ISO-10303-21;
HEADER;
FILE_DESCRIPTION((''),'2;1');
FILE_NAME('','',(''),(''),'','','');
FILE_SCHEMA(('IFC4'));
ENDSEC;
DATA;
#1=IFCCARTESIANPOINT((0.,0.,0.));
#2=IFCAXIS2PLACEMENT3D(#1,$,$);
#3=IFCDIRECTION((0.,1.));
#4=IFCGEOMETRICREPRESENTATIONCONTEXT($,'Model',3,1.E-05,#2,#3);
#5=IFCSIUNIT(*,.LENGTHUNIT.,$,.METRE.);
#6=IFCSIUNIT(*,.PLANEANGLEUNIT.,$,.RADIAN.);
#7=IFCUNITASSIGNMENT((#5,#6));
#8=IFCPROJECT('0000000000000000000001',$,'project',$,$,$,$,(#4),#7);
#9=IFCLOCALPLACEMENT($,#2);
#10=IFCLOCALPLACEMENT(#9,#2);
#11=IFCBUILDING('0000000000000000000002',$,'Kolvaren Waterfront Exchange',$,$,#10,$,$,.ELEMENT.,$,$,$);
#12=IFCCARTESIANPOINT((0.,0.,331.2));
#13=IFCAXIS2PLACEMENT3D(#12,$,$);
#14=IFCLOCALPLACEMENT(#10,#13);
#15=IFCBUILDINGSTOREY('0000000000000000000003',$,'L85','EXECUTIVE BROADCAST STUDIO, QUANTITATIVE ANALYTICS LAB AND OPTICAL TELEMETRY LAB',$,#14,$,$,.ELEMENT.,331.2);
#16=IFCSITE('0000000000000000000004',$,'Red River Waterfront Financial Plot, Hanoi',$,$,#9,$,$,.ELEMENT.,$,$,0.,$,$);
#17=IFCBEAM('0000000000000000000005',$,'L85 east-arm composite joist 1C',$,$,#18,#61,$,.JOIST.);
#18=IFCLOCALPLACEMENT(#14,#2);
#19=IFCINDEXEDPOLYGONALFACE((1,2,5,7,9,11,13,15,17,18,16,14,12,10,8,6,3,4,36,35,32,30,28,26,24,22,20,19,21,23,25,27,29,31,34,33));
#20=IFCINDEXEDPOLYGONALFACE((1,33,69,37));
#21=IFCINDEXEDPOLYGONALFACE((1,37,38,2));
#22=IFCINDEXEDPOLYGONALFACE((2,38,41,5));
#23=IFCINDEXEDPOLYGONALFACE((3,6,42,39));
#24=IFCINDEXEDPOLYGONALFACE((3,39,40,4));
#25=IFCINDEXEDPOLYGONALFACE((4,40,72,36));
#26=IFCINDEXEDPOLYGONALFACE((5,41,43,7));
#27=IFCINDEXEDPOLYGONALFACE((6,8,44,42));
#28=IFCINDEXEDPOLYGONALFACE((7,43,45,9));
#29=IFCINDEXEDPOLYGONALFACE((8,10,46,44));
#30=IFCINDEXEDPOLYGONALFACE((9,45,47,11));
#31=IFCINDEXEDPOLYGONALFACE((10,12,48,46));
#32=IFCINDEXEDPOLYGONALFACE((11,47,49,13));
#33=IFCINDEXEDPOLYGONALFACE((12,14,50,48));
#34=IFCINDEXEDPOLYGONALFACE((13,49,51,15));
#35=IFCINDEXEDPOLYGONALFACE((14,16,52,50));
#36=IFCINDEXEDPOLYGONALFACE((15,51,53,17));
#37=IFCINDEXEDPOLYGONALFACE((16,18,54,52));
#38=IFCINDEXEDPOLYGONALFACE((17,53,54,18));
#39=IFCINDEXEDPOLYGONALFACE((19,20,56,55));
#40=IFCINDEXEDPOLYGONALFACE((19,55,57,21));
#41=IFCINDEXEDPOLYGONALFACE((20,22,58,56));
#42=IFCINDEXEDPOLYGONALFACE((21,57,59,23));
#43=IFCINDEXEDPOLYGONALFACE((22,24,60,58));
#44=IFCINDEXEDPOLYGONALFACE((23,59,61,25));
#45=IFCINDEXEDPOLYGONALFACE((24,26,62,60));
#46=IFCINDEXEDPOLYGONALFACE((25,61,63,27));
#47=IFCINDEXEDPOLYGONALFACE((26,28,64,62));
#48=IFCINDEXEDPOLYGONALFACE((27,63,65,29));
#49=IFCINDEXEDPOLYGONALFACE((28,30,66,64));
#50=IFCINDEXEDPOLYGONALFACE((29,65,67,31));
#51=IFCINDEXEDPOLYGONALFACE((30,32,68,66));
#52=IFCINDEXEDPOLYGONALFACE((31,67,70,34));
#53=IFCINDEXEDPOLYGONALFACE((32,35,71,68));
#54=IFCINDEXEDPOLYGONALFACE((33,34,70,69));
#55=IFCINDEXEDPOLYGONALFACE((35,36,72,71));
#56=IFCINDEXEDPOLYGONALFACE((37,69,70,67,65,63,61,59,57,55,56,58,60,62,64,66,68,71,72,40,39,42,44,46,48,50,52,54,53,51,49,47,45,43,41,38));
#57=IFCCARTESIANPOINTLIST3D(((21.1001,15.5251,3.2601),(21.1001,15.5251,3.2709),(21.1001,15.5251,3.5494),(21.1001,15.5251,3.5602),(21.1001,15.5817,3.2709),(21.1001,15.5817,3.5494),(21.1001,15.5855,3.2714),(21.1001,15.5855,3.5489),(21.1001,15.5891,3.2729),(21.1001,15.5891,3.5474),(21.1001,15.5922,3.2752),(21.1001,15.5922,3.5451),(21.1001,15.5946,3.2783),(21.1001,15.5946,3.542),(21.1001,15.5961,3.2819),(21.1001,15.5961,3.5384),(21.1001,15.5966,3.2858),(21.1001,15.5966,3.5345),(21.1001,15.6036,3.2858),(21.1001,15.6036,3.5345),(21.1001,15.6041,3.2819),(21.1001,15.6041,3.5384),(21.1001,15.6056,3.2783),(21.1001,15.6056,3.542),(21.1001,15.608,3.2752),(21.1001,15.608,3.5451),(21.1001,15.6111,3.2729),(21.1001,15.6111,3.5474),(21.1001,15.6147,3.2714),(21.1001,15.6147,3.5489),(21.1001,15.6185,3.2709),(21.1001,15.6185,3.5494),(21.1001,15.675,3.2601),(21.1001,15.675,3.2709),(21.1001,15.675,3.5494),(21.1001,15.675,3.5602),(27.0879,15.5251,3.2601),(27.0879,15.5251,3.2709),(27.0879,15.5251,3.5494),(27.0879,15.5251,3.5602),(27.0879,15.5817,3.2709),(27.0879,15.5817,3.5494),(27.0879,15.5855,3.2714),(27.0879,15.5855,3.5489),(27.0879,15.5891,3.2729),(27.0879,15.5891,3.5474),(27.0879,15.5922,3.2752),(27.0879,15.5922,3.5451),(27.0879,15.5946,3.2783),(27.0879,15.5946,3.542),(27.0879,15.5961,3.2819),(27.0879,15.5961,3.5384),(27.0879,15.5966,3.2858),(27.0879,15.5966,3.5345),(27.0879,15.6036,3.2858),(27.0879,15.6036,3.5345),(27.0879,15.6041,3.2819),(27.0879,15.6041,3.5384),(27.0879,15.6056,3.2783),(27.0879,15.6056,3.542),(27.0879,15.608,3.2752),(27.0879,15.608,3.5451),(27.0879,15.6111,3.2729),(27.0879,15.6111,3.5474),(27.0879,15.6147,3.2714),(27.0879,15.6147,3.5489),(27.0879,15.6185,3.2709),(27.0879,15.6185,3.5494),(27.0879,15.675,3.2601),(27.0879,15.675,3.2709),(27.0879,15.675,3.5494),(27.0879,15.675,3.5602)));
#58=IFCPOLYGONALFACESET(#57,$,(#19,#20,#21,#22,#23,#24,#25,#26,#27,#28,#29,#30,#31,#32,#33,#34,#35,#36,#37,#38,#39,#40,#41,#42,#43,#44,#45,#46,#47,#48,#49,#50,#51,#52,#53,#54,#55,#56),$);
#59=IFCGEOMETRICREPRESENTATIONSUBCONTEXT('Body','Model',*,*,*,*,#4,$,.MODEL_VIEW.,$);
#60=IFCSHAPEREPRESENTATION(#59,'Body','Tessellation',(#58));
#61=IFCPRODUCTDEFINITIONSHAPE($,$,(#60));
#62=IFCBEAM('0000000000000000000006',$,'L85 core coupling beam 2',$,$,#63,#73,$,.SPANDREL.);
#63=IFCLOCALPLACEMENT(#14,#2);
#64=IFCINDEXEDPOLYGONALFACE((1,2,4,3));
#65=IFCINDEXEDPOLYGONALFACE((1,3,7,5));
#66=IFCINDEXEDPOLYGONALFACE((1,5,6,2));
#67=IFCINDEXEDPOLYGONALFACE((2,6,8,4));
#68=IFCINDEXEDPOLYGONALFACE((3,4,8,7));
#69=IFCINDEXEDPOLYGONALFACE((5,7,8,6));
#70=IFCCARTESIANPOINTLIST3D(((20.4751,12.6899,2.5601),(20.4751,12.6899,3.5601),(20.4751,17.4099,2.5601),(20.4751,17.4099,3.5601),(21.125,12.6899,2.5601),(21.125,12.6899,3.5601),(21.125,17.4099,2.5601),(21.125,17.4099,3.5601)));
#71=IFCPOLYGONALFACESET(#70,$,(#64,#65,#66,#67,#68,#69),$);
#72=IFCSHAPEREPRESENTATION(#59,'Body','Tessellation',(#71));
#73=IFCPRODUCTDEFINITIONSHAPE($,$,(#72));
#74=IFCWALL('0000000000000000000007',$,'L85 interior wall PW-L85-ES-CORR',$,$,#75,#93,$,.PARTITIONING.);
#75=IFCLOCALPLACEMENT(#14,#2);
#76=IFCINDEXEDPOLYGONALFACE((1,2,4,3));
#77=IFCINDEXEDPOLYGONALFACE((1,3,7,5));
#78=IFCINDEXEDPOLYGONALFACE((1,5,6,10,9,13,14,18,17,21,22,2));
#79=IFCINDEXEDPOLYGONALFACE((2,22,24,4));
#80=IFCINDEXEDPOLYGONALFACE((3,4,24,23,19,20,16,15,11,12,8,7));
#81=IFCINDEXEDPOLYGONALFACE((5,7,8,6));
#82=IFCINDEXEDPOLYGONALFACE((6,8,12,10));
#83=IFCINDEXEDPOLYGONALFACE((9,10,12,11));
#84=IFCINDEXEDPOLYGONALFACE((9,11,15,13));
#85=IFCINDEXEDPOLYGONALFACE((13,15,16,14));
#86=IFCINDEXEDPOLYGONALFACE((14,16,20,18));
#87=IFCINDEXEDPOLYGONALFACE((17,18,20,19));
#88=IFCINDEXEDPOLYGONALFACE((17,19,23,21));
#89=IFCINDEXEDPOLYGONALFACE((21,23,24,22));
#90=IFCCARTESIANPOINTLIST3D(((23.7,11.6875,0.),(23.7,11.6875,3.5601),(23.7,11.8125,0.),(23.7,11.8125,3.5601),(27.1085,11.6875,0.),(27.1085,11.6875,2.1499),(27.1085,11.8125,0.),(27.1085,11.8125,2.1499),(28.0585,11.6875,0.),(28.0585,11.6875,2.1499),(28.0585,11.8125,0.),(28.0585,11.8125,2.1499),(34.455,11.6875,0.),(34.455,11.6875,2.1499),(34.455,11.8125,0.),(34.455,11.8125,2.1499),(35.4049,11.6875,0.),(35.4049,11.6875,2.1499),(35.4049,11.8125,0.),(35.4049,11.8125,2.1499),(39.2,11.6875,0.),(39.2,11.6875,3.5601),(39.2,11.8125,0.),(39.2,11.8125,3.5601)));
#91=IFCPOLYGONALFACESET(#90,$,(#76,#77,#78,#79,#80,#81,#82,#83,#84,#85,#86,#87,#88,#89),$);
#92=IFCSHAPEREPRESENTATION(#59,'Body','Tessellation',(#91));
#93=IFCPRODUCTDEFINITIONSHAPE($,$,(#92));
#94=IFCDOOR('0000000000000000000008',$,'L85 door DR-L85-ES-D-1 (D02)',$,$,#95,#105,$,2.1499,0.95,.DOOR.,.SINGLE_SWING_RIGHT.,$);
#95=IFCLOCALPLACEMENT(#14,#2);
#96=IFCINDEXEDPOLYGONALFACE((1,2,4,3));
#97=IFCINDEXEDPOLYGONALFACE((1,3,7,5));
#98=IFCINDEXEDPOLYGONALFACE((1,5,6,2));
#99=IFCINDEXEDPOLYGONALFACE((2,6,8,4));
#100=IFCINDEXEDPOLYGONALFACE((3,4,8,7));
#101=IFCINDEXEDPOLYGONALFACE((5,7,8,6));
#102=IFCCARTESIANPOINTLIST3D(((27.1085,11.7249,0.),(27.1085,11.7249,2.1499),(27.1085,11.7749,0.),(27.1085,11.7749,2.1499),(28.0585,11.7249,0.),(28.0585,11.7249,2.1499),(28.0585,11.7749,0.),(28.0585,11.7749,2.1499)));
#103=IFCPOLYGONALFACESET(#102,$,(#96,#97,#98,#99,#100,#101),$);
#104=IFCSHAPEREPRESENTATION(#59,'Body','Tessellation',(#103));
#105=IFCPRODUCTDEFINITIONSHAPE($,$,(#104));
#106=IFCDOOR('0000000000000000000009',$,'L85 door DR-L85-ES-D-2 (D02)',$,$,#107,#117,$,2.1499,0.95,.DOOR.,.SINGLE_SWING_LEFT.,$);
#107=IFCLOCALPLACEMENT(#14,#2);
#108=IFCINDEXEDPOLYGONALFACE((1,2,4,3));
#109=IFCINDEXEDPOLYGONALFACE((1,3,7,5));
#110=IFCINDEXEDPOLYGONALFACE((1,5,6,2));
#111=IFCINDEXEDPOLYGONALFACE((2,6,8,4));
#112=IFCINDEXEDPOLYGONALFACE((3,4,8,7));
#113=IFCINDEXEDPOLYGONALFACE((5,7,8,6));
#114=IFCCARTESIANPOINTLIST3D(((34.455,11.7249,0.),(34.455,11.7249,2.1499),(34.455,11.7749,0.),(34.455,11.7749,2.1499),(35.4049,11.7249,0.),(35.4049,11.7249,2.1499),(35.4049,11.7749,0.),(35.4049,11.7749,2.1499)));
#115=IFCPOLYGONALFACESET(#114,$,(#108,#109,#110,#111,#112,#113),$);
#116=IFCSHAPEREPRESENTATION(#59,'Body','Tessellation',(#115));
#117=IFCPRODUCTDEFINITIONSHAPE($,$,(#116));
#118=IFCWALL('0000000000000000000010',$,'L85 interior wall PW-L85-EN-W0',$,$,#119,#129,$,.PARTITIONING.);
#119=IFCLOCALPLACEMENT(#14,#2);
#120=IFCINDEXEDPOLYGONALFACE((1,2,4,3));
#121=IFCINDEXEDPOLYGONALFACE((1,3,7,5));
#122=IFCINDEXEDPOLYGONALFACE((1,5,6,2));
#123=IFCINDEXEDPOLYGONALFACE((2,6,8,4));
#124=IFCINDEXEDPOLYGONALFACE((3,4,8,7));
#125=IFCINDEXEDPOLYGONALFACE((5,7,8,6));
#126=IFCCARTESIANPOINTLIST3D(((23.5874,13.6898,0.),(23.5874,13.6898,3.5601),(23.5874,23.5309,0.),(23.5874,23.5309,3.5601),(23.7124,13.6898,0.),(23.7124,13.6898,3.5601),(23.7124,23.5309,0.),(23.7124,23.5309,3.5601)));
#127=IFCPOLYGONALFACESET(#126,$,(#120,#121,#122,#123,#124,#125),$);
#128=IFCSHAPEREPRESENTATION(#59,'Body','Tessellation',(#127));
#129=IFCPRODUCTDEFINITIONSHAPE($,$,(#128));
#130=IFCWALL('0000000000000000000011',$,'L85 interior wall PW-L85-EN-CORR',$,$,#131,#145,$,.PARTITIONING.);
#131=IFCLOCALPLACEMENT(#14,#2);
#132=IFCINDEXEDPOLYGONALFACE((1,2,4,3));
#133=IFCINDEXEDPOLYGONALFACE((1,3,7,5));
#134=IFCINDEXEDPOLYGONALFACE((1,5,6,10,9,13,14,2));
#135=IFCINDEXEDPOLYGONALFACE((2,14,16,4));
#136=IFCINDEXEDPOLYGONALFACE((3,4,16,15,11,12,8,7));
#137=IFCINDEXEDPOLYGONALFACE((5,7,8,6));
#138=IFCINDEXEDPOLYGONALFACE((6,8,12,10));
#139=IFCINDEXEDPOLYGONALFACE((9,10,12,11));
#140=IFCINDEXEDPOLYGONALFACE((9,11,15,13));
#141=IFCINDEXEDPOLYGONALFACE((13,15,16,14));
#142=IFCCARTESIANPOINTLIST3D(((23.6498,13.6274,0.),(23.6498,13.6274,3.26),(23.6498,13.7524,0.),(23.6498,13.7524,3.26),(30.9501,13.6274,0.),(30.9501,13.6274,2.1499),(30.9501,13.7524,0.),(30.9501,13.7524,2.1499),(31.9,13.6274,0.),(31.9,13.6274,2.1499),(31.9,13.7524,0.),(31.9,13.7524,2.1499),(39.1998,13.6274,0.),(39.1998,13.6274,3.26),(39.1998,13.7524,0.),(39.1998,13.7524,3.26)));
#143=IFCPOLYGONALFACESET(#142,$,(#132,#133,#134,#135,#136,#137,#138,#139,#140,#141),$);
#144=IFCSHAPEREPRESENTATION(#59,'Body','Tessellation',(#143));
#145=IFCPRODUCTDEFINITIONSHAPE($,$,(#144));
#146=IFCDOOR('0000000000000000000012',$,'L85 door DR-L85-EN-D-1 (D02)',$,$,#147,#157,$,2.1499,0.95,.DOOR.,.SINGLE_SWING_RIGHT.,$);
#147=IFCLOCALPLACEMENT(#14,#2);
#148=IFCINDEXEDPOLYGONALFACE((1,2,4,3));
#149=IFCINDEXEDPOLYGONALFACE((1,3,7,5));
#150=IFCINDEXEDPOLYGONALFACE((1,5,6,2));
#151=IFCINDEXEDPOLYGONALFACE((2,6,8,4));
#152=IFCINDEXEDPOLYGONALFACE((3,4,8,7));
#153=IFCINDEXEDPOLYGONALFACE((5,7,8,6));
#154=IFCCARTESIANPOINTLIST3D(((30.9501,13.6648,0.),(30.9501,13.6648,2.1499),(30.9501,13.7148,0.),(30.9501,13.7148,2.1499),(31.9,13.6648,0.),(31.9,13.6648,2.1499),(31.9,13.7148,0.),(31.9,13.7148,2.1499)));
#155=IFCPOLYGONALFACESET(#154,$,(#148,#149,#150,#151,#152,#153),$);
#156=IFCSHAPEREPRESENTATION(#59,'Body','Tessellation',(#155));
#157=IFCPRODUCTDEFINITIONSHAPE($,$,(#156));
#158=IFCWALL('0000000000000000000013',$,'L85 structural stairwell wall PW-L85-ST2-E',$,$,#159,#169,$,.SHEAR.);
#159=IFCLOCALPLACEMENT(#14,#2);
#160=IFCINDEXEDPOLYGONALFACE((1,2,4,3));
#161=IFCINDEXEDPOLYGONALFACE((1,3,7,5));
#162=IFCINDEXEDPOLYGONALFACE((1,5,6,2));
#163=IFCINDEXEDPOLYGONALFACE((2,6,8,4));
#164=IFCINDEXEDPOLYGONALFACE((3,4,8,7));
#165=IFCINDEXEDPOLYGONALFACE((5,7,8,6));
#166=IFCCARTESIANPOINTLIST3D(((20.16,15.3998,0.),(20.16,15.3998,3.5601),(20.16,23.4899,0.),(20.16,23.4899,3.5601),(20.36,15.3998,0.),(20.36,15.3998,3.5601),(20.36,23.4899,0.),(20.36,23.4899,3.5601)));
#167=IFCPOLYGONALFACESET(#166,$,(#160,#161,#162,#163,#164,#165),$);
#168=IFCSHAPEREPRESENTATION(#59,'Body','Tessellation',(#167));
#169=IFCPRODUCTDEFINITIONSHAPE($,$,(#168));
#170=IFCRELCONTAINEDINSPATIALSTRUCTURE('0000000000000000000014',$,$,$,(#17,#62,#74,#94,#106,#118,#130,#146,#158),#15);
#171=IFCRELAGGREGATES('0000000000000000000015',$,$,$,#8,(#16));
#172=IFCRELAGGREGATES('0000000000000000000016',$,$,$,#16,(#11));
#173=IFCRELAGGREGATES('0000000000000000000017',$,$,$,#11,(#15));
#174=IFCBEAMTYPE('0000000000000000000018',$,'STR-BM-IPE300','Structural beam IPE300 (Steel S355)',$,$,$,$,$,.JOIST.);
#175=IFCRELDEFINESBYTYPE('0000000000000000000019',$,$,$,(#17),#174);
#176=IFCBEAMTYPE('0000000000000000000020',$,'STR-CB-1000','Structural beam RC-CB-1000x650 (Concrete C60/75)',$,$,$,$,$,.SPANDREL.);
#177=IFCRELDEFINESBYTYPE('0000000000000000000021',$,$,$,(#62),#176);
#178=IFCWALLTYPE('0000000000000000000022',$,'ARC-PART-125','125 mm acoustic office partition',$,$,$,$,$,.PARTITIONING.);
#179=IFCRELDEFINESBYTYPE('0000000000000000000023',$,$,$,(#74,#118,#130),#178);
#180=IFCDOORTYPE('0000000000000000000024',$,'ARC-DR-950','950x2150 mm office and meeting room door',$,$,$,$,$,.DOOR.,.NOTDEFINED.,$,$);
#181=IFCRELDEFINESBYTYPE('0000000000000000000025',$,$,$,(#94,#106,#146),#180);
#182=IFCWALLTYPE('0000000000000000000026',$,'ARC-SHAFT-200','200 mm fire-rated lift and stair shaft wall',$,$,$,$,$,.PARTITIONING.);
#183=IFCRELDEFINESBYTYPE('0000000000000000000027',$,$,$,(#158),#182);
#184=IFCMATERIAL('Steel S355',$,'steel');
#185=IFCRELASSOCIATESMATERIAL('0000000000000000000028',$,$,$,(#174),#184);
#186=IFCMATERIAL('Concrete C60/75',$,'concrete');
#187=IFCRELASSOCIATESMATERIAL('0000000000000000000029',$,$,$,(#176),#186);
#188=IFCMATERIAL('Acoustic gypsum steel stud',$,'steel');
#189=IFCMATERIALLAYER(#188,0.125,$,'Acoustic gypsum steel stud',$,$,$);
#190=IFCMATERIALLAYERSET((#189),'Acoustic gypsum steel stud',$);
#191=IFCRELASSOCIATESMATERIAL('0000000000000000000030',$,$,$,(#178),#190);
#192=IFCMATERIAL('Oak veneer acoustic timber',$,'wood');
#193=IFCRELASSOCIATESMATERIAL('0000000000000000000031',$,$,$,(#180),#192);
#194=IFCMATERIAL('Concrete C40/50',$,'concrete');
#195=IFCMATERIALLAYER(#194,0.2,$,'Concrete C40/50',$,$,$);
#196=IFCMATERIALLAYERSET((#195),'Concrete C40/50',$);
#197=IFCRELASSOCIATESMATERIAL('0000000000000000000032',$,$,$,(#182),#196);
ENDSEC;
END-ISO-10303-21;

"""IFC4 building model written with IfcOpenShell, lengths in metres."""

from ifc_helpers import new_model, si_unit, direction, frame, frame_2d, origin, origin_2d, place, context, subcontext, project, spatial, rectangle, i_section, extrude, material, layer, layer_set, material_profile, profile_set, type_object, element, fill, save


model = new_model("IFC4")

# Units and contexts
model_context = context("Model", 3, precision=1e-05, world=origin(), true_north=direction((0.0, 1.0)))
body_context = subcontext(model_context, "Body", "Model", "MODEL_VIEW")
ifc_project = project(units=[si_unit("LENGTHUNIT", "METRE"), si_unit("PLANEANGLEUNIT", "RADIAN")], contexts=[model_context])

# Site, building, storey
site_placement = place(None, origin())
site = spatial("IfcSite", under=ifc_project, at=site_placement, Name="Red River Waterfront Financial Plot, Hanoi", CompositionType="ELEMENT", RefElevation=0.0)
building_placement = place(site_placement, origin())
building = spatial("IfcBuilding", under=site, at=building_placement, Name="Kolvaren Waterfront Exchange", CompositionType="ELEMENT")
storey_placement = place(building_placement, frame((0.0, 0.0, 331.2)))
storey = spatial("IfcBuildingStorey", under=building, at=storey_placement, Name="L85", Description="EXECUTIVE BROADCAST STUDIO, QUANTITATIVE ANALYTICS LAB AND OPTICAL TELEMETRY LAB", CompositionType="ELEMENT", Elevation=331.2)

# Beams
ifc_material_1 = material(Name="Steel S355", Category="steel")
ifc_material_profile_1 = material_profile(ifc_material_1, i_section(OverallWidth=0.1499, OverallDepth=0.3, WebThickness=0.0071, FlangeThickness=0.0107, FilletRadius=0.0149, at=origin_2d()), Name="IPE300")
ifc_profile_set_1 = profile_set([ifc_material_profile_1], Name="Steel S355")
beam_type_1 = type_object("IfcBeamType", Name="STR-BM-IPE300", Description="Structural beam IPE300 (Steel S355)", PredefinedType="JOIST", material=ifc_profile_set_1)
for number, where, z_axis, x_axis, name in (
    (1, (21.1001, 15.6001, 3.4102), (1.0, 0.0, 0.0), (0.0, 1.0, 0.0), "L85 east-arm composite joist 1C"),
):
    element("IfcBeam", number, at=place(storey_placement, frame(where, z_axis=z_axis, x_axis=x_axis)), inside=storey, type_object=beam_type_1, Name=name, PredefinedType="JOIST", context=body_context, shape_type="SweptSolid", body=[
        extrude(i_section(OverallWidth=0.1499, OverallDepth=0.3, WebThickness=0.0071, FlangeThickness=0.0107, FilletRadius=0.0149, at=origin_2d()), origin(), (0.0, 0.0, 1.0), 5.9878),
    ])
ifc_material_2 = material(Name="Concrete C60/75", Category="concrete")
ifc_material_profile_2 = material_profile(ifc_material_2, rectangle(XDim=0.6499, YDim=1.0, at=origin_2d()), Name="RC-CB-1000x650")
ifc_profile_set_2 = profile_set([ifc_material_profile_2], Name="Concrete C60/75")
beam_type_2 = type_object("IfcBeamType", Name="STR-CB-1000", Description="Structural beam RC-CB-1000x650 (Concrete C60/75)", PredefinedType="SPANDREL", material=ifc_profile_set_2)
beam_1_placement = place(storey_placement, frame((20.8, 12.6899, 3.0601), z_axis=(0.0, 1.0, 0.0), x_axis=(-1.0, 0.0, 0.0)))
element("IfcBeam", 2, at=beam_1_placement, inside=storey, type_object=beam_type_2, Name="L85 core coupling beam 2", PredefinedType="SPANDREL", context=body_context, shape_type="SweptSolid", body=[
    extrude(rectangle(XDim=0.6499, YDim=1.0, at=origin_2d()), origin(), (0.0, 0.0, 1.0), 4.72),
])

# Shared definitions
ifc_material_3 = material(Name="Acoustic gypsum steel stud", Category="steel")
ifc_layer_1 = layer(ifc_material_3, 0.125, Name="Acoustic gypsum steel stud")
ifc_layer_set_1 = layer_set([ifc_layer_1], Name="Acoustic gypsum steel stud")
wall_type_1 = type_object("IfcWallType", Name="ARC-PART-125", Description="125 mm acoustic office partition", PredefinedType="PARTITIONING", material=ifc_layer_set_1)
ifc_material_4 = material(Name="Oak veneer acoustic timber", Category="wood")
door_type = type_object("IfcDoorType", Name="ARC-DR-950", Description="950x2150 mm office and meeting room door", OperationType="NOTDEFINED", PredefinedType="DOOR", material=ifc_material_4)

# Wall, openings, doors
wall_1_placement = place(storey_placement, frame((23.7, 11.75, 0.0), z_axis=(0.0, 0.0, 1.0), x_axis=(1.0, 0.0, 0.0)))
wall_1 = element("IfcWall", 3, at=wall_1_placement, inside=storey, type_object=wall_type_1, Name="L85 interior wall PW-L85-ES-CORR", PredefinedType="PARTITIONING", context=body_context, shape_type="SweptSolid", body=[
    extrude(rectangle(XDim=15.5, YDim=0.125, at=frame_2d((7.75, 0.0))), origin(), (0.0, 0.0, 1.0), 3.5601),
])
opening_1_placement = place(wall_1_placement, frame((3.4084, 0.0, 0.0)))
opening_1 = element("IfcOpeningElement", 4, at=opening_1_placement, cuts=wall_1, PredefinedType="OPENING", context=body_context, shape_type="SweptSolid", body=[
    extrude(rectangle(XDim=0.95, YDim=2.1499, at=frame_2d((0.4751, 1.075))), frame((0.0, 0.0725, 0.0), z_axis=(0.0, -1.0, 0.0), x_axis=(1.0, 0.0, 0.0)), (0.0, 0.0, 1.0), 0.145),
])
opening_2_placement = place(wall_1_placement, frame((10.7549, 0.0, 0.0)))
opening_2 = element("IfcOpeningElement", 5, at=opening_2_placement, cuts=wall_1, PredefinedType="OPENING", context=body_context, shape_type="SweptSolid", body=[
    extrude(rectangle(XDim=0.95, YDim=2.1499, at=frame_2d((0.4751, 1.075))), frame((0.0, 0.0725, 0.0), z_axis=(0.0, -1.0, 0.0), x_axis=(1.0, 0.0, 0.0)), (0.0, 0.0, 1.0), 0.145),
])
door_1_placement = place(opening_1_placement, origin())
door_1 = element("IfcDoor", 6, at=door_1_placement, inside=storey, type_object=door_type, Name="L85 door DR-L85-ES-D-1 (D02)", OperationType="SINGLE_SWING_RIGHT", OverallHeight=2.1499, OverallWidth=0.95, PredefinedType="DOOR", context=body_context, shape_type="SweptSolid", body=[
    extrude(rectangle(XDim=0.95, YDim=2.1499, at=frame_2d((0.4751, 1.075))), frame((0.0, 0.0249, 0.0), z_axis=(0.0, -1.0, 0.0), x_axis=(1.0, 0.0, 0.0)), (0.0, 0.0, 1.0), 0.05),
])
fill(opening_1, door_1)
door_2_placement = place(opening_2_placement, origin())
door_2 = element("IfcDoor", 7, at=door_2_placement, inside=storey, type_object=door_type, Name="L85 door DR-L85-ES-D-2 (D02)", OperationType="SINGLE_SWING_LEFT", OverallHeight=2.1499, OverallWidth=0.95, PredefinedType="DOOR", context=body_context, shape_type="SweptSolid", body=[
    extrude(rectangle(XDim=0.95, YDim=2.1499, at=frame_2d((0.4751, 1.075))), frame((0.0, 0.0249, 0.0), z_axis=(0.0, -1.0, 0.0), x_axis=(1.0, 0.0, 0.0)), (0.0, 0.0, 1.0), 0.05),
])
fill(opening_2, door_2)

# Wall
wall_2_placement = place(storey_placement, frame((23.6499, 13.6899, 0.0), z_axis=(0.0, 0.0, 1.0), x_axis=(0.0, 1.0, 0.0)))
element("IfcWall", 8, at=wall_2_placement, inside=storey, type_object=wall_type_1, Name="L85 interior wall PW-L85-EN-W0", PredefinedType="PARTITIONING", context=body_context, shape_type="SweptSolid", body=[
    extrude(rectangle(XDim=9.8411, YDim=0.125, at=frame_2d((4.9204, 0.0))), origin(), (0.0, 0.0, 1.0), 3.5601),
])

# Wall, opening, door
wall_3_placement = place(storey_placement, frame((23.6499, 13.6899, 0.0), z_axis=(0.0, 0.0, 1.0), x_axis=(1.0, 0.0, 0.0)))
wall_3 = element("IfcWall", 9, at=wall_3_placement, inside=storey, type_object=wall_type_1, Name="L85 interior wall PW-L85-EN-CORR", PredefinedType="PARTITIONING", context=body_context, shape_type="SweptSolid", body=[
    extrude(rectangle(XDim=15.55, YDim=0.125, at=frame_2d((7.7749, 0.0))), origin(), (0.0, 0.0, 1.0), 3.26),
])
opening_3_placement = place(wall_3_placement, frame((7.3, 0.0, 0.0)))
opening_3 = element("IfcOpeningElement", 10, at=opening_3_placement, cuts=wall_3, PredefinedType="OPENING", context=body_context, shape_type="SweptSolid", body=[
    extrude(rectangle(XDim=0.95, YDim=2.1499, at=frame_2d((0.4751, 1.075))), frame((0.0, 0.0725, 0.0), z_axis=(0.0, -1.0, 0.0), x_axis=(1.0, 0.0, 0.0)), (0.0, 0.0, 1.0), 0.145),
])
door_3_placement = place(opening_3_placement, origin())
door_3 = element("IfcDoor", 11, at=door_3_placement, inside=storey, type_object=door_type, Name="L85 door DR-L85-EN-D-1 (D02)", OperationType="SINGLE_SWING_RIGHT", OverallHeight=2.1499, OverallWidth=0.95, PredefinedType="DOOR", context=body_context, shape_type="SweptSolid", body=[
    extrude(rectangle(XDim=0.95, YDim=2.1499, at=frame_2d((0.4751, 1.075))), frame((0.0, 0.0249, 0.0), z_axis=(0.0, -1.0, 0.0), x_axis=(1.0, 0.0, 0.0)), (0.0, 0.0, 1.0), 0.05),
])
fill(opening_3, door_3)

# Wall
ifc_material_5 = material(Name="Concrete C40/50", Category="concrete")
ifc_layer_2 = layer(ifc_material_5, 0.2, Name="Concrete C40/50")
ifc_layer_set_2 = layer_set([ifc_layer_2], Name="Concrete C40/50")
wall_type_2 = type_object("IfcWallType", Name="ARC-SHAFT-200", Description="200 mm fire-rated lift and stair shaft wall", PredefinedType="PARTITIONING", material=ifc_layer_set_2)
wall_4_placement = place(storey_placement, frame((20.26, 15.3999, 0.0), z_axis=(0.0, 0.0, 1.0), x_axis=(0.0, 1.0, 0.0)))
element("IfcWall", 12, at=wall_4_placement, inside=storey, type_object=wall_type_2, Name="L85 structural stairwell wall PW-L85-ST2-E", PredefinedType="SHEAR", context=body_context, shape_type="SweptSolid", body=[
    extrude(rectangle(XDim=8.0901, YDim=0.2, at=frame_2d((4.0449, 0.0))), origin(), (0.0, 0.0, 1.0), 3.5601),
])

save(model, "model.ifc")
